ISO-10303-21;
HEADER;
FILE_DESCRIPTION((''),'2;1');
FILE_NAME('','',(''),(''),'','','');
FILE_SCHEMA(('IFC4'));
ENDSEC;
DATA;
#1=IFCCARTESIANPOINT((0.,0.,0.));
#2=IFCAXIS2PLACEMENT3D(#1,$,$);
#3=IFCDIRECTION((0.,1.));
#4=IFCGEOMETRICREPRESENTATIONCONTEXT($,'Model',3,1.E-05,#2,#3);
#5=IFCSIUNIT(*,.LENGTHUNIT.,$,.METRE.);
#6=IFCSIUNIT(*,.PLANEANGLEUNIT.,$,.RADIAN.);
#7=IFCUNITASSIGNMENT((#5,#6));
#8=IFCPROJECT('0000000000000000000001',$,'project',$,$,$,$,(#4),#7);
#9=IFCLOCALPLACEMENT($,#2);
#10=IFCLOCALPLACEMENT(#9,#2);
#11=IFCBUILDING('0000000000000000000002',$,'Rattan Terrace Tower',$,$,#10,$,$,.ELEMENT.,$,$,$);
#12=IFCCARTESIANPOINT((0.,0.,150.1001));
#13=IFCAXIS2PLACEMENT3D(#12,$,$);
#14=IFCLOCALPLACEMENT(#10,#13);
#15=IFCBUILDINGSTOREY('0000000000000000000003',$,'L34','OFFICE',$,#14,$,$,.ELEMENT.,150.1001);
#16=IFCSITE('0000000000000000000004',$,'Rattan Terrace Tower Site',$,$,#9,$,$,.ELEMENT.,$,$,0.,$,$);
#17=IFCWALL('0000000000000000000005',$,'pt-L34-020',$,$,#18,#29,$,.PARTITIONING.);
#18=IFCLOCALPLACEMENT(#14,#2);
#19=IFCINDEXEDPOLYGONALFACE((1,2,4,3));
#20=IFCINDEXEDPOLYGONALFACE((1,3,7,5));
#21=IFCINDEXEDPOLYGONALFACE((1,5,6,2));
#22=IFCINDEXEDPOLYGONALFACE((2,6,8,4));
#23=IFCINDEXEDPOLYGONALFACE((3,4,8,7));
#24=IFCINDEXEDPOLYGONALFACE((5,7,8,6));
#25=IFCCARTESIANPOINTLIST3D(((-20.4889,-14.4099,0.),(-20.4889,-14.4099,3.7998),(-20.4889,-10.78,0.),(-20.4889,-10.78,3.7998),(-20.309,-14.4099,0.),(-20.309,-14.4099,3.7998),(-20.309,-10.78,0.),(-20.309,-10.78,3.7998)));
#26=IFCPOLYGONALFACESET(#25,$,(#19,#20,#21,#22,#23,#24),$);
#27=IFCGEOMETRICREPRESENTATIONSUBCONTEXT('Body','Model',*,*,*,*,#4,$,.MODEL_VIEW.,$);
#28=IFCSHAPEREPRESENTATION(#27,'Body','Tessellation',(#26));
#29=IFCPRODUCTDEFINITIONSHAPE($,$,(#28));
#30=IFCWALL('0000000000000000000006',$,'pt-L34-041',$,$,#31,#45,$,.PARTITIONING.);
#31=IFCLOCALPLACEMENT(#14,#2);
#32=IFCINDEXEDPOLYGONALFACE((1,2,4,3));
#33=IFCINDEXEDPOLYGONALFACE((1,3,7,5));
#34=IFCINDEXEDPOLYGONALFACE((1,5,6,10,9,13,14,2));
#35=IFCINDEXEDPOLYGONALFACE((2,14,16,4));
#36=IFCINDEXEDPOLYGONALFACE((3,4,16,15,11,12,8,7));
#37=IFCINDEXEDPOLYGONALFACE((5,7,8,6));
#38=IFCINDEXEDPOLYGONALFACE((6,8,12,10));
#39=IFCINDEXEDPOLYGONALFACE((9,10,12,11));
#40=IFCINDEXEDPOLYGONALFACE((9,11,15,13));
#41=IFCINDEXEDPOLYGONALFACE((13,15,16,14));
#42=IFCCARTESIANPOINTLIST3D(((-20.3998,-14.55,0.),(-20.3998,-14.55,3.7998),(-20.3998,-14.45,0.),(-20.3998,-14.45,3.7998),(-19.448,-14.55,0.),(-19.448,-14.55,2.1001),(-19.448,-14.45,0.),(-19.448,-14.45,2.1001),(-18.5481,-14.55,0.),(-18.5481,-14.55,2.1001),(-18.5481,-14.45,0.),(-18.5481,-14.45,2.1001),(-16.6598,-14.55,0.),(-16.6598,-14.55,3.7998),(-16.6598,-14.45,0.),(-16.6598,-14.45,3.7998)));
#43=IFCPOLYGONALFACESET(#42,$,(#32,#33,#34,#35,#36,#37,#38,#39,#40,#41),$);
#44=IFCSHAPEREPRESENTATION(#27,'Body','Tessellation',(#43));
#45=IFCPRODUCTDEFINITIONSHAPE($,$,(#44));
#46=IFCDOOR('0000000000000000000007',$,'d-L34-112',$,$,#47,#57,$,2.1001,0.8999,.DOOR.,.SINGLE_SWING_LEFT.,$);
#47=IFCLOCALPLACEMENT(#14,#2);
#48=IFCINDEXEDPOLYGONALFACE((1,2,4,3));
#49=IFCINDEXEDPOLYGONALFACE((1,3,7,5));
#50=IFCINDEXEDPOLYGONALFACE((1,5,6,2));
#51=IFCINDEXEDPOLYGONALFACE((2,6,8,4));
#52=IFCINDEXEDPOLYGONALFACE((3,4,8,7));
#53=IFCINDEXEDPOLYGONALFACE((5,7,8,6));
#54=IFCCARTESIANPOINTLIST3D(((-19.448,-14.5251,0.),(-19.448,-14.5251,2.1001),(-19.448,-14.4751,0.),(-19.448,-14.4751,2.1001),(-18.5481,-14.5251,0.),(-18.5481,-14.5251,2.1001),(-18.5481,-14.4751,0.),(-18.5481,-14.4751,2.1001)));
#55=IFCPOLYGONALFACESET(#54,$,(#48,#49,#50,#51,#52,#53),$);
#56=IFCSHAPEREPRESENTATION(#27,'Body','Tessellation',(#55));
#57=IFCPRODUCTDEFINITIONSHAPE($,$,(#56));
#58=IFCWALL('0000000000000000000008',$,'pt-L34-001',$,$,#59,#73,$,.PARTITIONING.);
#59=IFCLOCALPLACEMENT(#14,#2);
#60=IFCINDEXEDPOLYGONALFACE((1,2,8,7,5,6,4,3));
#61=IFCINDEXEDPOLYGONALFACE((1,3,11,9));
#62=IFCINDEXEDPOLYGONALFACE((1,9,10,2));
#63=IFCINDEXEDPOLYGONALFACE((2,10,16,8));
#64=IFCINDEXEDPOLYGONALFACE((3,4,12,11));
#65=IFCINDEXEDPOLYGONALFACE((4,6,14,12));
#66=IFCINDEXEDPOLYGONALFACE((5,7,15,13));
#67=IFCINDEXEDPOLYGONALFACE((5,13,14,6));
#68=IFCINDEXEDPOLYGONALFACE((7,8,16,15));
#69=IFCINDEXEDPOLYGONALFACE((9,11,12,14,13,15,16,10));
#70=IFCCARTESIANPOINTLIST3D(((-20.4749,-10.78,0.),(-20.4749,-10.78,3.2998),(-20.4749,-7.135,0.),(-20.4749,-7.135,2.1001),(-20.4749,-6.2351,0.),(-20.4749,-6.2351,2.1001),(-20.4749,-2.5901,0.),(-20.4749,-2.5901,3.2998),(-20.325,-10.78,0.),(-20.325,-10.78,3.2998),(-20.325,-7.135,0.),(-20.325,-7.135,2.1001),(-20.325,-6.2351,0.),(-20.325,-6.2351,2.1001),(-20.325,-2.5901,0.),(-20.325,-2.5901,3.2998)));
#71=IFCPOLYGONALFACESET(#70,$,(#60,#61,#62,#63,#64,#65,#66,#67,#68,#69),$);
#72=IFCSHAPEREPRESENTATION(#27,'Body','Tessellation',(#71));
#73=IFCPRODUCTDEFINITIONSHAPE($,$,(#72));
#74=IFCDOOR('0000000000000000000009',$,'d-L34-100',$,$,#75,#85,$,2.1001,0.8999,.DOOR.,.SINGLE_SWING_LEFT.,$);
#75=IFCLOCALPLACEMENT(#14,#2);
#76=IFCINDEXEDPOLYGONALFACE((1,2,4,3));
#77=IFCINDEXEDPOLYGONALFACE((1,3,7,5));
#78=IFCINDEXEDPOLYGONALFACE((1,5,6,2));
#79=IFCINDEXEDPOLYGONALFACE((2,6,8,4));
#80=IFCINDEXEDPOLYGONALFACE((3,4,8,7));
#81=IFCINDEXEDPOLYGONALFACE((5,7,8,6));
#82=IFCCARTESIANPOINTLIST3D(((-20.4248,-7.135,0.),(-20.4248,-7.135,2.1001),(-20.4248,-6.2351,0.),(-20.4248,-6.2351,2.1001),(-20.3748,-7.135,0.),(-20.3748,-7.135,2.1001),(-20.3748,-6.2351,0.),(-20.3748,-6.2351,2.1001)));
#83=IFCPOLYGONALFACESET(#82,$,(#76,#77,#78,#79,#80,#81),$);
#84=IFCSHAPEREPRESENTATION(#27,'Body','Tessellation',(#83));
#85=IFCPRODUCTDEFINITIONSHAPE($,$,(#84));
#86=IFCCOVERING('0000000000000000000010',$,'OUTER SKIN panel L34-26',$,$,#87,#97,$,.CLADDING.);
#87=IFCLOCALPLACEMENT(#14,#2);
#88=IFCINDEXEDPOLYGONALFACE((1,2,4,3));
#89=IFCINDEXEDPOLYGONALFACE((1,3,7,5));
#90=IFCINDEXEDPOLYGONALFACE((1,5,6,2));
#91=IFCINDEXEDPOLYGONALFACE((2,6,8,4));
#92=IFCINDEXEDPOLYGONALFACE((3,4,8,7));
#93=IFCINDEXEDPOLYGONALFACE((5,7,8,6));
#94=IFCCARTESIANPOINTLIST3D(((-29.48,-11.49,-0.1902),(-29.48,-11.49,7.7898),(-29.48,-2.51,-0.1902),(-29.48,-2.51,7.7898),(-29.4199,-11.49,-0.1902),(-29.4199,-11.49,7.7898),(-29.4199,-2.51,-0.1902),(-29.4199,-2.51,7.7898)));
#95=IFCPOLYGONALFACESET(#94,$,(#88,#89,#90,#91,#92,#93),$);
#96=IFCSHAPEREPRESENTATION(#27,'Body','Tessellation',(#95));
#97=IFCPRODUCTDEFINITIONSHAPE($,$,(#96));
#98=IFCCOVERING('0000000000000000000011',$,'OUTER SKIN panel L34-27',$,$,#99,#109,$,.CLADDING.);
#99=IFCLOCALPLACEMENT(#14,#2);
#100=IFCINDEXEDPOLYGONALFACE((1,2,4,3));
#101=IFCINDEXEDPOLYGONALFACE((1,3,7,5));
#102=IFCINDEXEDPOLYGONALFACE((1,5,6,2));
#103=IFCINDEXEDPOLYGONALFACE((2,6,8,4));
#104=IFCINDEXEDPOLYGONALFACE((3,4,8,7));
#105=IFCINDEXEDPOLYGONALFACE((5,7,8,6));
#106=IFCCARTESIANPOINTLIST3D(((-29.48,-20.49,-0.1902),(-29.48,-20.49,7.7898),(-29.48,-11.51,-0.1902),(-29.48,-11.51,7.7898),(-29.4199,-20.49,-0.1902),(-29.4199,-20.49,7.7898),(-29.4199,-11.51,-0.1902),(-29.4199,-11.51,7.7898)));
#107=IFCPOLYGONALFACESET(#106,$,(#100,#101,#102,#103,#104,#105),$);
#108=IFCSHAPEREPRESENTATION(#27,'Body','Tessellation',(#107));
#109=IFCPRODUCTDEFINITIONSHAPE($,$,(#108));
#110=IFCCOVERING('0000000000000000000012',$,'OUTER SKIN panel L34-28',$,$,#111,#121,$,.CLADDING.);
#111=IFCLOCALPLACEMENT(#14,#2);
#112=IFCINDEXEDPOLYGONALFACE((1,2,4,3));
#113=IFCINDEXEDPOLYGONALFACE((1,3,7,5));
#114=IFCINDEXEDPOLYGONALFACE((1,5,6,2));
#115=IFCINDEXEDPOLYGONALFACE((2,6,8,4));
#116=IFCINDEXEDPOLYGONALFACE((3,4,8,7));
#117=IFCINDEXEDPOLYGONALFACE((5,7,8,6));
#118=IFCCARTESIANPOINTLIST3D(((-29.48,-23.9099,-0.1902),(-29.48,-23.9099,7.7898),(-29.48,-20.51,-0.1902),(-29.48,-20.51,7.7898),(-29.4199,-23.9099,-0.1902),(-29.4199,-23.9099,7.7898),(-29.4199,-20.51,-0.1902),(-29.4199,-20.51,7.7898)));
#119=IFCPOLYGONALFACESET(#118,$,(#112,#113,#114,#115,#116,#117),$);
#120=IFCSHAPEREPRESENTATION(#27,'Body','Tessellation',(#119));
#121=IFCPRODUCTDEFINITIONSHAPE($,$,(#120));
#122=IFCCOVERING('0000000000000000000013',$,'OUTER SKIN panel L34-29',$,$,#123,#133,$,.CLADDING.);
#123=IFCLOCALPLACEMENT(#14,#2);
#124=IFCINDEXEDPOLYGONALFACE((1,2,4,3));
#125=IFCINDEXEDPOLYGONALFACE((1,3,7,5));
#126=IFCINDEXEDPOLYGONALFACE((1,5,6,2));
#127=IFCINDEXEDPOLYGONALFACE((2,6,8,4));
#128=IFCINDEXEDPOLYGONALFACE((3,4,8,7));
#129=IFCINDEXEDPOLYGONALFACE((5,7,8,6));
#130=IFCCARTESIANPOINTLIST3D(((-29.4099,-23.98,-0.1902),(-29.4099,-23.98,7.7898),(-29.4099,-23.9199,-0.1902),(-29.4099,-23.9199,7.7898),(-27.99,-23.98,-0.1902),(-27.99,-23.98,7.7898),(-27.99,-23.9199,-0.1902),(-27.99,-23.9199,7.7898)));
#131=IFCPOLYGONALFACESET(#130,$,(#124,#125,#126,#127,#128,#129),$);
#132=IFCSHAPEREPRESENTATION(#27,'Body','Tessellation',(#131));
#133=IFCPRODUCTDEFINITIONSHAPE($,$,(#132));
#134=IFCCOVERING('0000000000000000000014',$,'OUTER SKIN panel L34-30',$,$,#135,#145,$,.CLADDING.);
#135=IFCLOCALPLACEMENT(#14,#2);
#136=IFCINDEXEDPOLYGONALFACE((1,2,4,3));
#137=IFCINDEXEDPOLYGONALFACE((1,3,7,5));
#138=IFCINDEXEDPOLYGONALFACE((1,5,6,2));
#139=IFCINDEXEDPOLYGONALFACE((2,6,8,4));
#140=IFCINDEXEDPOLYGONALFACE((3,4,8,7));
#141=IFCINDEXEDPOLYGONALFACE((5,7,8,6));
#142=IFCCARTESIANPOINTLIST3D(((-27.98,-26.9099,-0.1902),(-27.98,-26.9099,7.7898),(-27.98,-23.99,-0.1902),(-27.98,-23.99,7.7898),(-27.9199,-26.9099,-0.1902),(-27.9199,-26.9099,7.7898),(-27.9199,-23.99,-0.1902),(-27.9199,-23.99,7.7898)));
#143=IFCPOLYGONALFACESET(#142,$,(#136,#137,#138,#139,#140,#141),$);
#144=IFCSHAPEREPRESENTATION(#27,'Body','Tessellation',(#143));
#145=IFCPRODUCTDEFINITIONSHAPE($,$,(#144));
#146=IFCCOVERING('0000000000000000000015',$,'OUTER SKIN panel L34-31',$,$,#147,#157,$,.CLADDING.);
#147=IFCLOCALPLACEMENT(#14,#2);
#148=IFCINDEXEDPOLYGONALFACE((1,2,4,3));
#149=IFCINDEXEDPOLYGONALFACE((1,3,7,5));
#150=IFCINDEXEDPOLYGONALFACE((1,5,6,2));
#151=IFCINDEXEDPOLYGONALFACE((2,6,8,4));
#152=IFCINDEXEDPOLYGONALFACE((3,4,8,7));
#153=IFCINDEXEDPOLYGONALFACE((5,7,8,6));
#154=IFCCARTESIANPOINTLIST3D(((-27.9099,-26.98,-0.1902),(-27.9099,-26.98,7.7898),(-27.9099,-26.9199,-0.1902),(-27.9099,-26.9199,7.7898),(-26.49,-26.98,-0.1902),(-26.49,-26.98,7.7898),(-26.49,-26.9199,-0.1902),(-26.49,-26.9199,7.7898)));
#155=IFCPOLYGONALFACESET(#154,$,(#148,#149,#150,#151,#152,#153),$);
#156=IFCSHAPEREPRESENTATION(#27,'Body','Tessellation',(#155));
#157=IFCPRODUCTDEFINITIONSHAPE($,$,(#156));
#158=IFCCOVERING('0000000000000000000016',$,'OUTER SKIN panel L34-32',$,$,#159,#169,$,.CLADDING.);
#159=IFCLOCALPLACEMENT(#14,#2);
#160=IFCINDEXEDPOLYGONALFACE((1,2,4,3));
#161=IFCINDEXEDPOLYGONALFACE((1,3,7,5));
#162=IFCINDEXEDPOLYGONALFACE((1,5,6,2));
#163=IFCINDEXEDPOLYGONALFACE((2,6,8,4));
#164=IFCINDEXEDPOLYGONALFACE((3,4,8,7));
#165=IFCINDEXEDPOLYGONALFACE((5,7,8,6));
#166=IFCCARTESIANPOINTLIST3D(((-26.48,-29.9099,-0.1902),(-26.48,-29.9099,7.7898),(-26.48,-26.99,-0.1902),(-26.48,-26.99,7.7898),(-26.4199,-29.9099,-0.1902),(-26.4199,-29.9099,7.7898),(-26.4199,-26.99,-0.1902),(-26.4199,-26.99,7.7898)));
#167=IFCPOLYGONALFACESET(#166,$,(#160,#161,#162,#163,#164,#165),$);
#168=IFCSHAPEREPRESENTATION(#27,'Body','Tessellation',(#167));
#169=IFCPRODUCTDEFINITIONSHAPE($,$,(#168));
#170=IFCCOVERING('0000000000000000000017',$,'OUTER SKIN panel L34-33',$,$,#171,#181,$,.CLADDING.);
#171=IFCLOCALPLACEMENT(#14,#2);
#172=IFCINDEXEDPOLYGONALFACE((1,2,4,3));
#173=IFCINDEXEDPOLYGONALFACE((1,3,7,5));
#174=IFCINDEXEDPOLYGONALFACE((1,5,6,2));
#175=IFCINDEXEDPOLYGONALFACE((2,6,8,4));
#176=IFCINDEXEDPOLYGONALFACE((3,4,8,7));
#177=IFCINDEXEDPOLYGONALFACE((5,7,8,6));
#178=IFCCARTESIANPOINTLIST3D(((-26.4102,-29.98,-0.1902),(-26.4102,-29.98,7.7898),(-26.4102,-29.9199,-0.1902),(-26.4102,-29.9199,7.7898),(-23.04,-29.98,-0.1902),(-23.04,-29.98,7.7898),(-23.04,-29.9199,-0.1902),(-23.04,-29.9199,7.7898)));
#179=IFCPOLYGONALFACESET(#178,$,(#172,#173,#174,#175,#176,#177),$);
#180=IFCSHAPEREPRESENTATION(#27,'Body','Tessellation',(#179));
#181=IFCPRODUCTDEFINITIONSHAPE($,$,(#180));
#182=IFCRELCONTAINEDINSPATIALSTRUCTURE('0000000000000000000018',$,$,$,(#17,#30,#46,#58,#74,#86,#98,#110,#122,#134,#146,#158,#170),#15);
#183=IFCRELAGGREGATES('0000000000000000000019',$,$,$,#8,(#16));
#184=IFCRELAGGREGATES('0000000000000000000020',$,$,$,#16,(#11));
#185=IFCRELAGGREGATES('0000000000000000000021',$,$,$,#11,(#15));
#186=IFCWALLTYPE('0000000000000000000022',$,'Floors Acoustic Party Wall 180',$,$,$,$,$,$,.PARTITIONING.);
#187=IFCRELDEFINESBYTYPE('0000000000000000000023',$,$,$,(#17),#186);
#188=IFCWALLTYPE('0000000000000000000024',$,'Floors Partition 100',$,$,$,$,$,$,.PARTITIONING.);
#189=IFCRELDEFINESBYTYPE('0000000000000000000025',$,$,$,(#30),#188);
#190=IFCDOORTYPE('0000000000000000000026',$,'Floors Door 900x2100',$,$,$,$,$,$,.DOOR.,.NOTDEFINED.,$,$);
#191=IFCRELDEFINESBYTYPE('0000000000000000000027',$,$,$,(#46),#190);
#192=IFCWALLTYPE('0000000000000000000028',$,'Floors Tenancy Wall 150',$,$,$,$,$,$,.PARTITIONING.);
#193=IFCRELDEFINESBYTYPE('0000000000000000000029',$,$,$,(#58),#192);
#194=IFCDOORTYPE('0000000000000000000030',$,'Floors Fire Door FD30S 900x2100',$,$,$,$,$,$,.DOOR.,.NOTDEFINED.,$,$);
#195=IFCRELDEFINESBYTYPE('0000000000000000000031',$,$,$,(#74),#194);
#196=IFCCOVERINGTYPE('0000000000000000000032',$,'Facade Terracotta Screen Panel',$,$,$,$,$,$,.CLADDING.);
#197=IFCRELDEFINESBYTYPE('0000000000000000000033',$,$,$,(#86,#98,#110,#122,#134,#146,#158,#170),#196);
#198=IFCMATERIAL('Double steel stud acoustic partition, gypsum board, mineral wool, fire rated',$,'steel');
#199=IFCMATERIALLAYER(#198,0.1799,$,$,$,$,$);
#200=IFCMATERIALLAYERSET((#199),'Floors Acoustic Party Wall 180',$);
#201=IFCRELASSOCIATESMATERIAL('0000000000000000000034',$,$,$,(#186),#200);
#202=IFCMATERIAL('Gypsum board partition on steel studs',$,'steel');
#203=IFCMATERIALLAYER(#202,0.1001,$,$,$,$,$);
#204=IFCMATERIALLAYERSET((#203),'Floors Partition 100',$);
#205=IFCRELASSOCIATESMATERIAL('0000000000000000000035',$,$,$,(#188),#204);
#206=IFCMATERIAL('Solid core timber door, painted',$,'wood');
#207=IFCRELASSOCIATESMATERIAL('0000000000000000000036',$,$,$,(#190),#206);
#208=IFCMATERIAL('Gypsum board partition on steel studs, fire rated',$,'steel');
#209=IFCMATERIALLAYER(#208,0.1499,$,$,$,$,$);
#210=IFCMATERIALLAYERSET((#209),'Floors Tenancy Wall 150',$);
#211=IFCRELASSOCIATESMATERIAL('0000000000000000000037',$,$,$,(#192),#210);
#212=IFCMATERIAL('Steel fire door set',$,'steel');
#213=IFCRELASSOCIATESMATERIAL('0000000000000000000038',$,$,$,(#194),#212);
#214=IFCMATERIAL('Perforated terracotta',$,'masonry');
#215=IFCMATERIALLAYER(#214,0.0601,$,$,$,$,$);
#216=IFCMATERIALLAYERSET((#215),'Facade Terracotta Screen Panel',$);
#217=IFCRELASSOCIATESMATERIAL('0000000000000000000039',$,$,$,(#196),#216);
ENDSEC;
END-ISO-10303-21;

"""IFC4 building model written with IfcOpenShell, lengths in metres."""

from ifc_helpers import new_model, si_unit, direction, frame, frame_2d, origin, origin_2d, place, context, subcontext, project, spatial, rectangle, extrude, material, layer, layer_set, type_object, element, fill, save


model = new_model("IFC4")

# Units and contexts
model_context = context("Model", 3, precision=1e-05, world=origin(), true_north=direction((0.0, 1.0)))
body_context = subcontext(model_context, "Body", "Model", "MODEL_VIEW")
ifc_project = project(units=[si_unit("LENGTHUNIT", "METRE"), si_unit("PLANEANGLEUNIT", "RADIAN")], contexts=[model_context])

# Site, building, storey
site_placement = place(None, origin())
site = spatial("IfcSite", under=ifc_project, at=site_placement, Name="Rattan Terrace Tower Site", CompositionType="ELEMENT", RefElevation=0.0)
building_placement = place(site_placement, origin())
building = spatial("IfcBuilding", under=site, at=building_placement, Name="Rattan Terrace Tower", CompositionType="ELEMENT")
storey_placement = place(building_placement, frame((0.0, 0.0, 150.1001)))
storey = spatial("IfcBuildingStorey", under=building, at=storey_placement, Name="L34", Description="OFFICE", CompositionType="ELEMENT", Elevation=150.1001)

# Wall
ifc_material_1 = material(Name="Double steel stud acoustic partition, gypsum board, mineral wool, fire rated", Category="steel")
ifc_layer_1 = layer(ifc_material_1, 0.1799)
ifc_layer_set_1 = layer_set([ifc_layer_1], Name="Floors Acoustic Party Wall 180")
wall_type_1 = type_object("IfcWallType", Name="Floors Acoustic Party Wall 180", PredefinedType="PARTITIONING", material=ifc_layer_set_1)
wall_1_placement = place(storey_placement, frame((-20.3989, -10.78, 0.0), z_axis=(0.0, 0.0, 1.0), x_axis=(0.0, -1.0, 0.0)))
element("IfcWall", 1, at=wall_1_placement, inside=storey, type_object=wall_type_1, Name="pt-L34-020", PredefinedType="PARTITIONING", context=body_context, shape_type="SweptSolid", body=[
    extrude(rectangle(XDim=3.6299, YDim=0.1799, at=frame_2d((1.8149, 0.0))), origin(), (0.0, 0.0, 1.0), 3.7998),
])

# Walls, openings, doors
ifc_material_2 = material(Name="Gypsum board partition on steel studs", Category="steel")
ifc_layer_2 = layer(ifc_material_2, 0.1001)
ifc_layer_set_2 = layer_set([ifc_layer_2], Name="Floors Partition 100")
wall_type_2 = type_object("IfcWallType", Name="Floors Partition 100", PredefinedType="PARTITIONING", material=ifc_layer_set_2)
wall_2_placement = place(storey_placement, frame((-20.3999, -14.5, 0.0), z_axis=(0.0, 0.0, 1.0), x_axis=(1.0, 0.0, 0.0)))
wall_2 = element("IfcWall", 2, at=wall_2_placement, inside=storey, type_object=wall_type_2, Name="pt-L34-041", PredefinedType="PARTITIONING", context=body_context, shape_type="SweptSolid", body=[
    extrude(rectangle(XDim=3.74, YDim=0.1001, at=frame_2d((1.8701, 0.0))), origin(), (0.0, 0.0, 1.0), 3.7998),
])
opening_1_placement = place(wall_2_placement, frame((0.9519, 0.0, 0.0)))
opening_1 = element("IfcOpeningElement", 3, at=opening_1_placement, cuts=wall_2, PredefinedType="OPENING", context=body_context, shape_type="SweptSolid", body=[
    extrude(rectangle(XDim=0.8999, YDim=2.1001, at=frame_2d((0.45, 1.05))), frame((0.0, 0.0605, 0.0), z_axis=(0.0, -1.0, 0.0), x_axis=(1.0, 0.0, 0.0)), (0.0, 0.0, 1.0), 0.1211),
])
ifc_material_3 = material(Name="Solid core timber door, painted", Category="wood")
door_type_1 = type_object("IfcDoorType", Name="Floors Door 900x2100", OperationType="NOTDEFINED", PredefinedType="DOOR", material=ifc_material_3)
door_1_placement = place(opening_1_placement, origin())
door_1 = element("IfcDoor", 4, at=door_1_placement, inside=storey, type_object=door_type_1, Name="d-L34-112", OperationType="SINGLE_SWING_LEFT", OverallHeight=2.1001, OverallWidth=0.8999, PredefinedType="DOOR", context=body_context, shape_type="SweptSolid", body=[
    extrude(rectangle(XDim=0.8999, YDim=2.1001, at=frame_2d((0.45, 1.05))), frame((0.0, 0.0249, 0.0), z_axis=(0.0, -1.0, 0.0), x_axis=(1.0, 0.0, 0.0)), (0.0, 0.0, 1.0), 0.05),
])
fill(opening_1, door_1)
ifc_material_4 = material(Name="Gypsum board partition on steel studs, fire rated", Category="steel")
ifc_layer_3 = layer(ifc_material_4, 0.1499)
ifc_layer_set_3 = layer_set([ifc_layer_3], Name="Floors Tenancy Wall 150")
wall_type_3 = type_object("IfcWallType", Name="Floors Tenancy Wall 150", PredefinedType="PARTITIONING", material=ifc_layer_set_3)
wall_3_placement = place(storey_placement, frame((-20.3999, -10.78, 0.0), z_axis=(0.0, 0.0, 1.0), x_axis=(0.0, 1.0, 0.0)))
wall_3 = element("IfcWall", 5, at=wall_3_placement, inside=storey, type_object=wall_type_3, Name="pt-L34-001", PredefinedType="PARTITIONING", context=body_context, shape_type="SweptSolid", body=[
    extrude(rectangle(XDim=8.1899, YDim=0.1499, at=frame_2d((4.095, 0.0))), origin(), (0.0, 0.0, 1.0), 3.2998),
])
opening_2_placement = place(wall_3_placement, frame((3.645, 0.0, 0.0)))
opening_2 = element("IfcOpeningElement", 6, at=opening_2_placement, cuts=wall_3, PredefinedType="OPENING", context=body_context, shape_type="SweptSolid", body=[
    extrude(rectangle(XDim=0.8999, YDim=2.1001, at=frame_2d((0.45, 1.05))), frame((0.0, 0.0854, 0.0), z_axis=(0.0, -1.0, 0.0), x_axis=(1.0, 0.0, 0.0)), (0.0, 0.0, 1.0), 0.1709),
])
ifc_material_5 = material(Name="Steel fire door set", Category="steel")
door_type_2 = type_object("IfcDoorType", Name="Floors Fire Door FD30S 900x2100", OperationType="NOTDEFINED", PredefinedType="DOOR", material=ifc_material_5)
door_2_placement = place(opening_2_placement, origin())
door_2 = element("IfcDoor", 7, at=door_2_placement, inside=storey, type_object=door_type_2, Name="d-L34-100", OperationType="SINGLE_SWING_LEFT", OverallHeight=2.1001, OverallWidth=0.8999, PredefinedType="DOOR", context=body_context, shape_type="SweptSolid", body=[
    extrude(rectangle(XDim=0.8999, YDim=2.1001, at=frame_2d((0.45, 1.05))), frame((0.0, 0.0249, 0.0), z_axis=(0.0, -1.0, 0.0), x_axis=(1.0, 0.0, 0.0)), (0.0, 0.0, 1.0), 0.05),
])
fill(opening_2, door_2)

# Coverings
ifc_material_6 = material(Name="Perforated terracotta", Category="masonry")
ifc_layer_4 = layer(ifc_material_6, 0.0601)
ifc_layer_set_4 = layer_set([ifc_layer_4], Name="Facade Terracotta Screen Panel")
covering_type = type_object("IfcCoveringType", Name="Facade Terracotta Screen Panel", PredefinedType="CLADDING", material=ifc_layer_set_4)
for number, where, z_axis, x_axis, name in (
    (8, (-29.45, -7.0, -0.1902), (0.0, 0.0, 1.0), (0.0, -1.0, 0.0), "OUTER SKIN panel L34-26"),
    (9, (-29.45, -16.0, -0.1902), (0.0, 0.0, 1.0), (0.0, -1.0, 0.0), "OUTER SKIN panel L34-27"),
):
    element("IfcCovering", number, at=place(storey_placement, frame(where, z_axis=z_axis, x_axis=x_axis)), inside=storey, type_object=covering_type, Name=name, PredefinedType="CLADDING", context=body_context, shape_type="SweptSolid", body=[
        extrude(rectangle(XDim=8.98, YDim=0.0601, at=origin_2d()), origin(), (0.0, 0.0, 1.0), 7.98),
    ])
covering_1_placement = place(storey_placement, frame((-29.45, -22.21, -0.1902), z_axis=(0.0, 0.0, 1.0), x_axis=(0.0, -1.0, 0.0)))
element("IfcCovering", 10, at=covering_1_placement, inside=storey, type_object=covering_type, Name="OUTER SKIN panel L34-28", PredefinedType="CLADDING", context=body_context, shape_type="SweptSolid", body=[
    extrude(rectangle(XDim=3.3999, YDim=0.0601, at=origin_2d()), origin(), (0.0, 0.0, 1.0), 7.98),
])
covering_2_placement = place(storey_placement, frame((-28.7, -23.95, -0.1902), z_axis=(0.0, 0.0, 1.0), x_axis=(1.0, 0.0, 0.0)))
element("IfcCovering", 11, at=covering_2_placement, inside=storey, type_object=covering_type, Name="OUTER SKIN panel L34-29", PredefinedType="CLADDING", context=body_context, shape_type="SweptSolid", body=[
    extrude(rectangle(XDim=1.4199, YDim=0.0601, at=origin_2d()), origin(), (0.0, 0.0, 1.0), 7.98),
])
covering_3_placement = place(storey_placement, frame((-27.95, -25.45, -0.1902), z_axis=(0.0, 0.0, 1.0), x_axis=(0.0, -1.0, 0.0)))
element("IfcCovering", 12, at=covering_3_placement, inside=storey, type_object=covering_type, Name="OUTER SKIN panel L34-30", PredefinedType="CLADDING", context=body_context, shape_type="SweptSolid", body=[
    extrude(rectangle(XDim=2.9199, YDim=0.0601, at=origin_2d()), origin(), (0.0, 0.0, 1.0), 7.98),
])
covering_4_placement = place(storey_placement, frame((-27.2, -26.95, -0.1902), z_axis=(0.0, 0.0, 1.0), x_axis=(1.0, 0.0, 0.0)))
element("IfcCovering", 13, at=covering_4_placement, inside=storey, type_object=covering_type, Name="OUTER SKIN panel L34-31", PredefinedType="CLADDING", context=body_context, shape_type="SweptSolid", body=[
    extrude(rectangle(XDim=1.4199, YDim=0.0601, at=origin_2d()), origin(), (0.0, 0.0, 1.0), 7.98),
])
covering_5_placement = place(storey_placement, frame((-26.45, -28.45, -0.1902), z_axis=(0.0, 0.0, 1.0), x_axis=(0.0, -1.0, 0.0)))
element("IfcCovering", 14, at=covering_5_placement, inside=storey, type_object=covering_type, Name="OUTER SKIN panel L34-32", PredefinedType="CLADDING", context=body_context, shape_type="SweptSolid", body=[
    extrude(rectangle(XDim=2.9199, YDim=0.0601, at=origin_2d()), origin(), (0.0, 0.0, 1.0), 7.98),
])
covering_6_placement = place(storey_placement, frame((-24.7251, -29.95, -0.1902), z_axis=(0.0, 0.0, 1.0), x_axis=(1.0, 0.0, 0.0)))
element("IfcCovering", 15, at=covering_6_placement, inside=storey, type_object=covering_type, Name="OUTER SKIN panel L34-33", PredefinedType="CLADDING", context=body_context, shape_type="SweptSolid", body=[
    extrude(rectangle(XDim=3.3701, YDim=0.0601, at=origin_2d()), origin(), (0.0, 0.0, 1.0), 7.98),
])

save(model, "model.ifc")
